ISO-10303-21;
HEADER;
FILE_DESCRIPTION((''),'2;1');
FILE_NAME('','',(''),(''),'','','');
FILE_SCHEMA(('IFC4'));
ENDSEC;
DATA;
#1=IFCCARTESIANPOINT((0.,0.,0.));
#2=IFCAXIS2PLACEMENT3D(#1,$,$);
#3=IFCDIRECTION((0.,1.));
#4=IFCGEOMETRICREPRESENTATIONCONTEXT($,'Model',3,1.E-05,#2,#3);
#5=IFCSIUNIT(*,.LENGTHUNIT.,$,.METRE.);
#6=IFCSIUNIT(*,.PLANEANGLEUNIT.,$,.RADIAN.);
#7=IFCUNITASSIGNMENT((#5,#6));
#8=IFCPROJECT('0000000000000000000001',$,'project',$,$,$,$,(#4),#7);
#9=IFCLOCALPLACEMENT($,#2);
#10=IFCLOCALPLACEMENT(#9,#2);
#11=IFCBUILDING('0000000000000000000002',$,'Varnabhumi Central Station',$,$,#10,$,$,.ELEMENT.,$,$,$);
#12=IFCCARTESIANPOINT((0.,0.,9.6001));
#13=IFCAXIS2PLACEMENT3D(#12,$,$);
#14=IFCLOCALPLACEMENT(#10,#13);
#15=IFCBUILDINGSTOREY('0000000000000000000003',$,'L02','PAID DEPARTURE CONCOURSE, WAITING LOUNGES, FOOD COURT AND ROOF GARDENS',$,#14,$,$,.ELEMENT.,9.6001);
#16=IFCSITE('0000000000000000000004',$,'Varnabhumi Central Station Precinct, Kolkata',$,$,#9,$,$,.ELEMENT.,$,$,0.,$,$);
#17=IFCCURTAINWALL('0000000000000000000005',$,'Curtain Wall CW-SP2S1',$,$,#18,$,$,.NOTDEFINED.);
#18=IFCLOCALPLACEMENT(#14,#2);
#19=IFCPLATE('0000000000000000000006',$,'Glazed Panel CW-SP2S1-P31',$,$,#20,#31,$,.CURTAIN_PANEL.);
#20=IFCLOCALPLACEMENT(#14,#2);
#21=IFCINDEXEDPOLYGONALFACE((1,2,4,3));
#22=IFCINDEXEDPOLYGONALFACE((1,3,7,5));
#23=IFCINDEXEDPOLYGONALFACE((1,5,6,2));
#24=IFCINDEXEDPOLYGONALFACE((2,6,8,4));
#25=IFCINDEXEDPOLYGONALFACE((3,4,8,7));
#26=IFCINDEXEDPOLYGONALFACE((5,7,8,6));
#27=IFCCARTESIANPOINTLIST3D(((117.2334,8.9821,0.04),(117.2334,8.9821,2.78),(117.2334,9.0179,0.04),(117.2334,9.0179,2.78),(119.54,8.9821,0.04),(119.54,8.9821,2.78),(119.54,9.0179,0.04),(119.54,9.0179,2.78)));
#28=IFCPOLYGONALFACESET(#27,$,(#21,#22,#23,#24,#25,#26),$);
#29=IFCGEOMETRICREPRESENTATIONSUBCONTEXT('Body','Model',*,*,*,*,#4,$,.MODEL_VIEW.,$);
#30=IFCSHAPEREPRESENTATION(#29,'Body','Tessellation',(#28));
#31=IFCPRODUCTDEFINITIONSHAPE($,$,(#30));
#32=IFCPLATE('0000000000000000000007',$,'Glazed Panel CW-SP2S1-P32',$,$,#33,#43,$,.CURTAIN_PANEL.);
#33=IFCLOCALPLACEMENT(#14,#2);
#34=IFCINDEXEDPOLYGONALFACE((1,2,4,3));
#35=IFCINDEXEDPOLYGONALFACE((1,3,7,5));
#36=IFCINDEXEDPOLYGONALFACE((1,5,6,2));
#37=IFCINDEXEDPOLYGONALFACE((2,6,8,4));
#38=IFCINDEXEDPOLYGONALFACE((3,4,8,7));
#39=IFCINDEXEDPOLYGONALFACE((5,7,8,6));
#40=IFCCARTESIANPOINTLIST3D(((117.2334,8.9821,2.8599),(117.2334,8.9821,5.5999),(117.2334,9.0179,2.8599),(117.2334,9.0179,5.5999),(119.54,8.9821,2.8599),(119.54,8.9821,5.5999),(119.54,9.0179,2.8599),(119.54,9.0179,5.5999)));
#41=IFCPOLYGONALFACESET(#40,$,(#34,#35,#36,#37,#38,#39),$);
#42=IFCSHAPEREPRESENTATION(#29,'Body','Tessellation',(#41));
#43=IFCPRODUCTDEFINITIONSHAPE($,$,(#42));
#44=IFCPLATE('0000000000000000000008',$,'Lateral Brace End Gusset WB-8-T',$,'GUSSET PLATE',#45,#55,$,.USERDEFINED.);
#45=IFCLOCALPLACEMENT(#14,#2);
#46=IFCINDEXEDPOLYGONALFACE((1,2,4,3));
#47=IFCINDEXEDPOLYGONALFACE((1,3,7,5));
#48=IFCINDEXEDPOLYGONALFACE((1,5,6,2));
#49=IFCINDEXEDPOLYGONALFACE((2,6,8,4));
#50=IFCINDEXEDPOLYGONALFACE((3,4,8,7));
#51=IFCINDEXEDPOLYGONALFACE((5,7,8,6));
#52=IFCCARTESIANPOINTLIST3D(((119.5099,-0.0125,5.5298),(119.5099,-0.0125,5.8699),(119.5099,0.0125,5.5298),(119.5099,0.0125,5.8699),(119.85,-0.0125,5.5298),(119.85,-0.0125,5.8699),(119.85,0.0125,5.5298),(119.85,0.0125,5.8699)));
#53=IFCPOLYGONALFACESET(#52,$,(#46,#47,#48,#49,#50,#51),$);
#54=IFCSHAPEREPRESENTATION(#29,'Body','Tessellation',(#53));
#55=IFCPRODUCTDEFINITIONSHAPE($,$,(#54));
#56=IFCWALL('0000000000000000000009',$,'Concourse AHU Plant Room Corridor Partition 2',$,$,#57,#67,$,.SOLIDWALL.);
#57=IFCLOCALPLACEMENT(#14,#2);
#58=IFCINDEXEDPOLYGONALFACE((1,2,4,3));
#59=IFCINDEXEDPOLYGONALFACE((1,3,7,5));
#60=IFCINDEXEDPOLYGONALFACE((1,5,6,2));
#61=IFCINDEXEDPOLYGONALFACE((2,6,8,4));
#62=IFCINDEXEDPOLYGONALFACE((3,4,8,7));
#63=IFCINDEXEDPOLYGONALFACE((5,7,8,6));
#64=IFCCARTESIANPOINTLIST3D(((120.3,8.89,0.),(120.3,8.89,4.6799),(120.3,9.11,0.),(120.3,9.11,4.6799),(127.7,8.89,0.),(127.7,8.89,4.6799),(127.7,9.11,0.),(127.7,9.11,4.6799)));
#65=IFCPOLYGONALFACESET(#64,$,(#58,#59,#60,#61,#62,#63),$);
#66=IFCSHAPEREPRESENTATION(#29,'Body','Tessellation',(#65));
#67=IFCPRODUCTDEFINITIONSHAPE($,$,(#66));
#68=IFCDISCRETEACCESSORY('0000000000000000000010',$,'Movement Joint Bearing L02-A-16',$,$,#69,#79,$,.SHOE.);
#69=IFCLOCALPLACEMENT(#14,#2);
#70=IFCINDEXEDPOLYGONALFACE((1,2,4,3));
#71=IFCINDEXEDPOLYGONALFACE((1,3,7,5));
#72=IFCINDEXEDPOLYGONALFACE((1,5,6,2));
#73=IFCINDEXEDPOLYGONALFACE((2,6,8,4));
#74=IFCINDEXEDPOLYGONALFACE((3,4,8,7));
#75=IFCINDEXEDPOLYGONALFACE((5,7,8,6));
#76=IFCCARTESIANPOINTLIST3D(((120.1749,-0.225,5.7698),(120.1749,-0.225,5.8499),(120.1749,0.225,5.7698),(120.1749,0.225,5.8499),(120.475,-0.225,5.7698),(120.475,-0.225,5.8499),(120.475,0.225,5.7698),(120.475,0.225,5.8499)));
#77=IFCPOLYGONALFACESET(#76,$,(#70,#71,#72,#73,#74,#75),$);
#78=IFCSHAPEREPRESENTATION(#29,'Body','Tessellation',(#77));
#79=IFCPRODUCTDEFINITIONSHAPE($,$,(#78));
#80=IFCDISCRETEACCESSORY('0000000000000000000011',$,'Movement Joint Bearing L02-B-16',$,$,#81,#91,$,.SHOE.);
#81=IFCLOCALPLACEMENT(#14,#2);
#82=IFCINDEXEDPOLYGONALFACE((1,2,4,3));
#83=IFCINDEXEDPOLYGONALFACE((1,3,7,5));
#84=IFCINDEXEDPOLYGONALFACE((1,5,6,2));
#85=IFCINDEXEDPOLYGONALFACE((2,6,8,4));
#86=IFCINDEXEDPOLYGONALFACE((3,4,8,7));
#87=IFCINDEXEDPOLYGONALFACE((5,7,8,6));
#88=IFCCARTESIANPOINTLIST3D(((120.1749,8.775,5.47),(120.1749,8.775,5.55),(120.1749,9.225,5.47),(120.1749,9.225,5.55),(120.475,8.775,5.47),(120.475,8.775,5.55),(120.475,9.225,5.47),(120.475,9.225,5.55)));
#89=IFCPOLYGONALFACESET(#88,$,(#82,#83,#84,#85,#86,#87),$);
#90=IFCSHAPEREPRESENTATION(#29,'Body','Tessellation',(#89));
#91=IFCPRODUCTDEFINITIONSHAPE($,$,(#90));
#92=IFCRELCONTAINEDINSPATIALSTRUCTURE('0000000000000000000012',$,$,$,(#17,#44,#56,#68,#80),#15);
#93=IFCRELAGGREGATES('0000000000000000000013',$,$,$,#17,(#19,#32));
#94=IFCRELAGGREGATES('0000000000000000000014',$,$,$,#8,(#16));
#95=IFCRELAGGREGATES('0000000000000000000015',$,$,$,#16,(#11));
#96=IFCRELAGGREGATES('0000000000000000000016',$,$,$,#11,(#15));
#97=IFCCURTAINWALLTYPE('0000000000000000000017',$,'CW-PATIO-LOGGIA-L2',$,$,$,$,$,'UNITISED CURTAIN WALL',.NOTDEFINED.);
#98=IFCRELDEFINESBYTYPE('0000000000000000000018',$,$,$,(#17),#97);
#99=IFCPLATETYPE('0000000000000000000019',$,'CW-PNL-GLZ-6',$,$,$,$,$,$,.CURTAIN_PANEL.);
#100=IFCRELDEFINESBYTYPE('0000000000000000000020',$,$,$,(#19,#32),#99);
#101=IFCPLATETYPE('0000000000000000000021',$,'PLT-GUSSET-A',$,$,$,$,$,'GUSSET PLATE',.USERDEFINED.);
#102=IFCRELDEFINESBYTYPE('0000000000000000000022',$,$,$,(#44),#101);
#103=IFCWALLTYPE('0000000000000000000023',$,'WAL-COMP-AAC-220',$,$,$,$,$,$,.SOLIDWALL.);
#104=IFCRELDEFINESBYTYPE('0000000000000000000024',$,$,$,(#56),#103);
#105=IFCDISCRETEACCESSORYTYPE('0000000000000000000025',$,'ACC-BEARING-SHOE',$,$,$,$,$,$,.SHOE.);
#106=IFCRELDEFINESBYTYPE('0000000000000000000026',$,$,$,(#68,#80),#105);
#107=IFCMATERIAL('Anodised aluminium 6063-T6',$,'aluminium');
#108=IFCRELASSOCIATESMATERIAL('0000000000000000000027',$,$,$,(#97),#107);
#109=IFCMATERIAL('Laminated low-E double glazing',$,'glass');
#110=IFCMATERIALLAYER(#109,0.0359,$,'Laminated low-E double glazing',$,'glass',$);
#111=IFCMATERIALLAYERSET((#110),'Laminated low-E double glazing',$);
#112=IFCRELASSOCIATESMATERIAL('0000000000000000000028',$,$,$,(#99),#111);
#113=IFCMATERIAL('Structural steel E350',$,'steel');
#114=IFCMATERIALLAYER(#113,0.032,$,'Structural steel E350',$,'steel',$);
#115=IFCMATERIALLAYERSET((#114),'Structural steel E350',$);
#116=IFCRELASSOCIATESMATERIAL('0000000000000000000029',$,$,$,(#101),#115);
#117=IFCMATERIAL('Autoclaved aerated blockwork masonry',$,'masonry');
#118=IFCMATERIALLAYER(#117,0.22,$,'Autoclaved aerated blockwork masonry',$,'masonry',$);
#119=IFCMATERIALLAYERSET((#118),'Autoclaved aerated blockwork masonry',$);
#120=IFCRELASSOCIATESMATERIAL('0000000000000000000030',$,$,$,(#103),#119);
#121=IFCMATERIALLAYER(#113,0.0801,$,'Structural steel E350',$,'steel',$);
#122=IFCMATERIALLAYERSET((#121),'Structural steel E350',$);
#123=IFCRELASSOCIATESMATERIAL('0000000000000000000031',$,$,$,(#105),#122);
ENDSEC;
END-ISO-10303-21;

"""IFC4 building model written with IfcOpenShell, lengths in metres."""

from ifc_helpers import new_model, si_unit, direction, frame, frame_2d, origin, origin_2d, place, context, subcontext, project, spatial, rectangle, extrude, material, layer, layer_set, type_object, element, aggregate, save


model = new_model("IFC4")

# Units and contexts
model_context = context("Model", 3, precision=1e-05, world=origin(), true_north=direction((0.0, 1.0)))
body_context = subcontext(model_context, "Body", "Model", "MODEL_VIEW")
ifc_project = project(units=[si_unit("LENGTHUNIT", "METRE"), si_unit("PLANEANGLEUNIT", "RADIAN")], contexts=[model_context])

# Site, building, storey
site_placement = place(None, origin())
site = spatial("IfcSite", under=ifc_project, at=site_placement, Name="Varnabhumi Central Station Precinct, Kolkata", CompositionType="ELEMENT", RefElevation=0.0)
building_placement = place(site_placement, origin())
building = spatial("IfcBuilding", under=site, at=building_placement, Name="Varnabhumi Central Station", CompositionType="ELEMENT")
storey_placement = place(building_placement, frame((0.0, 0.0, 9.6001)))
storey = spatial("IfcBuildingStorey", under=building, at=storey_placement, Name="L02", Description="PAID DEPARTURE CONCOURSE, WAITING LOUNGES, FOOD COURT AND ROOF GARDENS", CompositionType="ELEMENT", Elevation=9.6001)

# Shared definitions
ifc_material_1 = material(Name="Structural steel E350", Category="steel")

# Curtain wall, plates
ifc_material_2 = material(Name="Anodised aluminium 6063-T6", Category="aluminium")
curtain_wall_type = type_object("IfcCurtainWallType", Name="CW-PATIO-LOGGIA-L2", ElementType="UNITISED CURTAIN WALL", PredefinedType="NOTDEFINED", material=ifc_material_2)
curtain_wall_placement = place(storey_placement, origin())
curtain_wall = element("IfcCurtainWall", 1, at=curtain_wall_placement, inside=storey, type_object=curtain_wall_type, Name="Curtain Wall CW-SP2S1", PredefinedType="NOTDEFINED")
ifc_material_3 = material(Name="Laminated low-E double glazing", Category="glass")
ifc_layer_1 = layer(ifc_material_3, 0.0359, Name="Laminated low-E double glazing", Category="glass")
ifc_layer_set_1 = layer_set([ifc_layer_1], Name="Laminated low-E double glazing")
plate_type_1 = type_object("IfcPlateType", Name="CW-PNL-GLZ-6", PredefinedType="CURTAIN_PANEL", material=ifc_layer_set_1)
plate_1_placement = place(storey_placement, frame((118.3867, 9.0, 0.04), z_axis=(0.0, 0.0, 1.0), x_axis=(1.0, 0.0, 0.0)))
plate_1 = element("IfcPlate", 2, at=plate_1_placement, type_object=plate_type_1, Name="Glazed Panel CW-SP2S1-P31", PredefinedType="CURTAIN_PANEL", context=body_context, shape_type="SweptSolid", body=[
    extrude(rectangle(XDim=2.3066, YDim=0.0359, at=origin_2d()), origin(), (0.0, 0.0, 1.0), 2.74),
])
plate_2_placement = place(storey_placement, frame((118.3867, 9.0, 2.8599), z_axis=(0.0, 0.0, 1.0), x_axis=(1.0, 0.0, 0.0)))
plate_2 = element("IfcPlate", 3, at=plate_2_placement, type_object=plate_type_1, Name="Glazed Panel CW-SP2S1-P32", PredefinedType="CURTAIN_PANEL", context=body_context, shape_type="SweptSolid", body=[
    extrude(rectangle(XDim=2.3066, YDim=0.0359, at=origin_2d()), origin(), (0.0, 0.0, 1.0), 2.74),
])
aggregate(curtain_wall, [plate_1, plate_2])

# Plate
ifc_layer_2 = layer(ifc_material_1, 0.032, Name="Structural steel E350", Category="steel")
ifc_layer_set_2 = layer_set([ifc_layer_2], Name="Structural steel E350")
plate_type_2 = type_object("IfcPlateType", Name="PLT-GUSSET-A", ElementType="GUSSET PLATE", PredefinedType="USERDEFINED", material=ifc_layer_set_2)
plate_3_placement = place(storey_placement, frame((119.6799, 0.0, 5.5298), z_axis=(0.0, 0.0, 1.0), x_axis=(1.0, 0.0, 0.0)))
element("IfcPlate", 4, at=plate_3_placement, inside=storey, type_object=plate_type_2, Name="Lateral Brace End Gusset WB-8-T", ObjectType="GUSSET PLATE", PredefinedType="USERDEFINED", context=body_context, shape_type="SweptSolid", body=[
    extrude(rectangle(XDim=0.3401, YDim=0.0249, at=origin_2d()), origin(), (0.0, 0.0, 1.0), 0.3401),
])

# Wall
ifc_material_4 = material(Name="Autoclaved aerated blockwork masonry", Category="masonry")
ifc_layer_3 = layer(ifc_material_4, 0.22, Name="Autoclaved aerated blockwork masonry", Category="masonry")
ifc_layer_set_3 = layer_set([ifc_layer_3], Name="Autoclaved aerated blockwork masonry")
wall_type = type_object("IfcWallType", Name="WAL-COMP-AAC-220", PredefinedType="SOLIDWALL", material=ifc_layer_set_3)
wall_placement = place(storey_placement, frame((120.3, 9.0, 0.0), z_axis=(0.0, 0.0, 1.0), x_axis=(1.0, 0.0, 0.0)))
element("IfcWall", 5, at=wall_placement, inside=storey, type_object=wall_type, Name="Concourse AHU Plant Room Corridor Partition 2", PredefinedType="SOLIDWALL", context=body_context, shape_type="SweptSolid", body=[
    extrude(rectangle(XDim=7.3999, YDim=0.22, at=frame_2d((3.7, 0.0))), origin(), (0.0, 0.0, 1.0), 4.6799),
])

# Discrete accessories
ifc_layer_4 = layer(ifc_material_1, 0.0801, Name="Structural steel E350", Category="steel")
ifc_layer_set_4 = layer_set([ifc_layer_4], Name="Structural steel E350")
discrete_accessory_type = type_object("IfcDiscreteAccessoryType", Name="ACC-BEARING-SHOE", PredefinedType="SHOE", material=ifc_layer_set_4)
for number, where, z_axis, x_axis, name in (
    (6, (120.325, 0.0, 5.7698), (0.0, 0.0, 1.0), (1.0, 0.0, 0.0), "Movement Joint Bearing L02-A-16"),
    (7, (120.325, 9.0, 5.47), (0.0, 0.0, 1.0), (1.0, 0.0, 0.0), "Movement Joint Bearing L02-B-16"),
):
    element("IfcDiscreteAccessory", number, at=place(storey_placement, frame(where, z_axis=z_axis, x_axis=x_axis)), inside=storey, type_object=discrete_accessory_type, Name=name, PredefinedType="SHOE", context=body_context, shape_type="SweptSolid", body=[
        extrude(rectangle(XDim=0.3, YDim=0.45, at=origin_2d()), origin(), (0.0, 0.0, 1.0), 0.0801),
    ])

save(model, "model.ifc")
